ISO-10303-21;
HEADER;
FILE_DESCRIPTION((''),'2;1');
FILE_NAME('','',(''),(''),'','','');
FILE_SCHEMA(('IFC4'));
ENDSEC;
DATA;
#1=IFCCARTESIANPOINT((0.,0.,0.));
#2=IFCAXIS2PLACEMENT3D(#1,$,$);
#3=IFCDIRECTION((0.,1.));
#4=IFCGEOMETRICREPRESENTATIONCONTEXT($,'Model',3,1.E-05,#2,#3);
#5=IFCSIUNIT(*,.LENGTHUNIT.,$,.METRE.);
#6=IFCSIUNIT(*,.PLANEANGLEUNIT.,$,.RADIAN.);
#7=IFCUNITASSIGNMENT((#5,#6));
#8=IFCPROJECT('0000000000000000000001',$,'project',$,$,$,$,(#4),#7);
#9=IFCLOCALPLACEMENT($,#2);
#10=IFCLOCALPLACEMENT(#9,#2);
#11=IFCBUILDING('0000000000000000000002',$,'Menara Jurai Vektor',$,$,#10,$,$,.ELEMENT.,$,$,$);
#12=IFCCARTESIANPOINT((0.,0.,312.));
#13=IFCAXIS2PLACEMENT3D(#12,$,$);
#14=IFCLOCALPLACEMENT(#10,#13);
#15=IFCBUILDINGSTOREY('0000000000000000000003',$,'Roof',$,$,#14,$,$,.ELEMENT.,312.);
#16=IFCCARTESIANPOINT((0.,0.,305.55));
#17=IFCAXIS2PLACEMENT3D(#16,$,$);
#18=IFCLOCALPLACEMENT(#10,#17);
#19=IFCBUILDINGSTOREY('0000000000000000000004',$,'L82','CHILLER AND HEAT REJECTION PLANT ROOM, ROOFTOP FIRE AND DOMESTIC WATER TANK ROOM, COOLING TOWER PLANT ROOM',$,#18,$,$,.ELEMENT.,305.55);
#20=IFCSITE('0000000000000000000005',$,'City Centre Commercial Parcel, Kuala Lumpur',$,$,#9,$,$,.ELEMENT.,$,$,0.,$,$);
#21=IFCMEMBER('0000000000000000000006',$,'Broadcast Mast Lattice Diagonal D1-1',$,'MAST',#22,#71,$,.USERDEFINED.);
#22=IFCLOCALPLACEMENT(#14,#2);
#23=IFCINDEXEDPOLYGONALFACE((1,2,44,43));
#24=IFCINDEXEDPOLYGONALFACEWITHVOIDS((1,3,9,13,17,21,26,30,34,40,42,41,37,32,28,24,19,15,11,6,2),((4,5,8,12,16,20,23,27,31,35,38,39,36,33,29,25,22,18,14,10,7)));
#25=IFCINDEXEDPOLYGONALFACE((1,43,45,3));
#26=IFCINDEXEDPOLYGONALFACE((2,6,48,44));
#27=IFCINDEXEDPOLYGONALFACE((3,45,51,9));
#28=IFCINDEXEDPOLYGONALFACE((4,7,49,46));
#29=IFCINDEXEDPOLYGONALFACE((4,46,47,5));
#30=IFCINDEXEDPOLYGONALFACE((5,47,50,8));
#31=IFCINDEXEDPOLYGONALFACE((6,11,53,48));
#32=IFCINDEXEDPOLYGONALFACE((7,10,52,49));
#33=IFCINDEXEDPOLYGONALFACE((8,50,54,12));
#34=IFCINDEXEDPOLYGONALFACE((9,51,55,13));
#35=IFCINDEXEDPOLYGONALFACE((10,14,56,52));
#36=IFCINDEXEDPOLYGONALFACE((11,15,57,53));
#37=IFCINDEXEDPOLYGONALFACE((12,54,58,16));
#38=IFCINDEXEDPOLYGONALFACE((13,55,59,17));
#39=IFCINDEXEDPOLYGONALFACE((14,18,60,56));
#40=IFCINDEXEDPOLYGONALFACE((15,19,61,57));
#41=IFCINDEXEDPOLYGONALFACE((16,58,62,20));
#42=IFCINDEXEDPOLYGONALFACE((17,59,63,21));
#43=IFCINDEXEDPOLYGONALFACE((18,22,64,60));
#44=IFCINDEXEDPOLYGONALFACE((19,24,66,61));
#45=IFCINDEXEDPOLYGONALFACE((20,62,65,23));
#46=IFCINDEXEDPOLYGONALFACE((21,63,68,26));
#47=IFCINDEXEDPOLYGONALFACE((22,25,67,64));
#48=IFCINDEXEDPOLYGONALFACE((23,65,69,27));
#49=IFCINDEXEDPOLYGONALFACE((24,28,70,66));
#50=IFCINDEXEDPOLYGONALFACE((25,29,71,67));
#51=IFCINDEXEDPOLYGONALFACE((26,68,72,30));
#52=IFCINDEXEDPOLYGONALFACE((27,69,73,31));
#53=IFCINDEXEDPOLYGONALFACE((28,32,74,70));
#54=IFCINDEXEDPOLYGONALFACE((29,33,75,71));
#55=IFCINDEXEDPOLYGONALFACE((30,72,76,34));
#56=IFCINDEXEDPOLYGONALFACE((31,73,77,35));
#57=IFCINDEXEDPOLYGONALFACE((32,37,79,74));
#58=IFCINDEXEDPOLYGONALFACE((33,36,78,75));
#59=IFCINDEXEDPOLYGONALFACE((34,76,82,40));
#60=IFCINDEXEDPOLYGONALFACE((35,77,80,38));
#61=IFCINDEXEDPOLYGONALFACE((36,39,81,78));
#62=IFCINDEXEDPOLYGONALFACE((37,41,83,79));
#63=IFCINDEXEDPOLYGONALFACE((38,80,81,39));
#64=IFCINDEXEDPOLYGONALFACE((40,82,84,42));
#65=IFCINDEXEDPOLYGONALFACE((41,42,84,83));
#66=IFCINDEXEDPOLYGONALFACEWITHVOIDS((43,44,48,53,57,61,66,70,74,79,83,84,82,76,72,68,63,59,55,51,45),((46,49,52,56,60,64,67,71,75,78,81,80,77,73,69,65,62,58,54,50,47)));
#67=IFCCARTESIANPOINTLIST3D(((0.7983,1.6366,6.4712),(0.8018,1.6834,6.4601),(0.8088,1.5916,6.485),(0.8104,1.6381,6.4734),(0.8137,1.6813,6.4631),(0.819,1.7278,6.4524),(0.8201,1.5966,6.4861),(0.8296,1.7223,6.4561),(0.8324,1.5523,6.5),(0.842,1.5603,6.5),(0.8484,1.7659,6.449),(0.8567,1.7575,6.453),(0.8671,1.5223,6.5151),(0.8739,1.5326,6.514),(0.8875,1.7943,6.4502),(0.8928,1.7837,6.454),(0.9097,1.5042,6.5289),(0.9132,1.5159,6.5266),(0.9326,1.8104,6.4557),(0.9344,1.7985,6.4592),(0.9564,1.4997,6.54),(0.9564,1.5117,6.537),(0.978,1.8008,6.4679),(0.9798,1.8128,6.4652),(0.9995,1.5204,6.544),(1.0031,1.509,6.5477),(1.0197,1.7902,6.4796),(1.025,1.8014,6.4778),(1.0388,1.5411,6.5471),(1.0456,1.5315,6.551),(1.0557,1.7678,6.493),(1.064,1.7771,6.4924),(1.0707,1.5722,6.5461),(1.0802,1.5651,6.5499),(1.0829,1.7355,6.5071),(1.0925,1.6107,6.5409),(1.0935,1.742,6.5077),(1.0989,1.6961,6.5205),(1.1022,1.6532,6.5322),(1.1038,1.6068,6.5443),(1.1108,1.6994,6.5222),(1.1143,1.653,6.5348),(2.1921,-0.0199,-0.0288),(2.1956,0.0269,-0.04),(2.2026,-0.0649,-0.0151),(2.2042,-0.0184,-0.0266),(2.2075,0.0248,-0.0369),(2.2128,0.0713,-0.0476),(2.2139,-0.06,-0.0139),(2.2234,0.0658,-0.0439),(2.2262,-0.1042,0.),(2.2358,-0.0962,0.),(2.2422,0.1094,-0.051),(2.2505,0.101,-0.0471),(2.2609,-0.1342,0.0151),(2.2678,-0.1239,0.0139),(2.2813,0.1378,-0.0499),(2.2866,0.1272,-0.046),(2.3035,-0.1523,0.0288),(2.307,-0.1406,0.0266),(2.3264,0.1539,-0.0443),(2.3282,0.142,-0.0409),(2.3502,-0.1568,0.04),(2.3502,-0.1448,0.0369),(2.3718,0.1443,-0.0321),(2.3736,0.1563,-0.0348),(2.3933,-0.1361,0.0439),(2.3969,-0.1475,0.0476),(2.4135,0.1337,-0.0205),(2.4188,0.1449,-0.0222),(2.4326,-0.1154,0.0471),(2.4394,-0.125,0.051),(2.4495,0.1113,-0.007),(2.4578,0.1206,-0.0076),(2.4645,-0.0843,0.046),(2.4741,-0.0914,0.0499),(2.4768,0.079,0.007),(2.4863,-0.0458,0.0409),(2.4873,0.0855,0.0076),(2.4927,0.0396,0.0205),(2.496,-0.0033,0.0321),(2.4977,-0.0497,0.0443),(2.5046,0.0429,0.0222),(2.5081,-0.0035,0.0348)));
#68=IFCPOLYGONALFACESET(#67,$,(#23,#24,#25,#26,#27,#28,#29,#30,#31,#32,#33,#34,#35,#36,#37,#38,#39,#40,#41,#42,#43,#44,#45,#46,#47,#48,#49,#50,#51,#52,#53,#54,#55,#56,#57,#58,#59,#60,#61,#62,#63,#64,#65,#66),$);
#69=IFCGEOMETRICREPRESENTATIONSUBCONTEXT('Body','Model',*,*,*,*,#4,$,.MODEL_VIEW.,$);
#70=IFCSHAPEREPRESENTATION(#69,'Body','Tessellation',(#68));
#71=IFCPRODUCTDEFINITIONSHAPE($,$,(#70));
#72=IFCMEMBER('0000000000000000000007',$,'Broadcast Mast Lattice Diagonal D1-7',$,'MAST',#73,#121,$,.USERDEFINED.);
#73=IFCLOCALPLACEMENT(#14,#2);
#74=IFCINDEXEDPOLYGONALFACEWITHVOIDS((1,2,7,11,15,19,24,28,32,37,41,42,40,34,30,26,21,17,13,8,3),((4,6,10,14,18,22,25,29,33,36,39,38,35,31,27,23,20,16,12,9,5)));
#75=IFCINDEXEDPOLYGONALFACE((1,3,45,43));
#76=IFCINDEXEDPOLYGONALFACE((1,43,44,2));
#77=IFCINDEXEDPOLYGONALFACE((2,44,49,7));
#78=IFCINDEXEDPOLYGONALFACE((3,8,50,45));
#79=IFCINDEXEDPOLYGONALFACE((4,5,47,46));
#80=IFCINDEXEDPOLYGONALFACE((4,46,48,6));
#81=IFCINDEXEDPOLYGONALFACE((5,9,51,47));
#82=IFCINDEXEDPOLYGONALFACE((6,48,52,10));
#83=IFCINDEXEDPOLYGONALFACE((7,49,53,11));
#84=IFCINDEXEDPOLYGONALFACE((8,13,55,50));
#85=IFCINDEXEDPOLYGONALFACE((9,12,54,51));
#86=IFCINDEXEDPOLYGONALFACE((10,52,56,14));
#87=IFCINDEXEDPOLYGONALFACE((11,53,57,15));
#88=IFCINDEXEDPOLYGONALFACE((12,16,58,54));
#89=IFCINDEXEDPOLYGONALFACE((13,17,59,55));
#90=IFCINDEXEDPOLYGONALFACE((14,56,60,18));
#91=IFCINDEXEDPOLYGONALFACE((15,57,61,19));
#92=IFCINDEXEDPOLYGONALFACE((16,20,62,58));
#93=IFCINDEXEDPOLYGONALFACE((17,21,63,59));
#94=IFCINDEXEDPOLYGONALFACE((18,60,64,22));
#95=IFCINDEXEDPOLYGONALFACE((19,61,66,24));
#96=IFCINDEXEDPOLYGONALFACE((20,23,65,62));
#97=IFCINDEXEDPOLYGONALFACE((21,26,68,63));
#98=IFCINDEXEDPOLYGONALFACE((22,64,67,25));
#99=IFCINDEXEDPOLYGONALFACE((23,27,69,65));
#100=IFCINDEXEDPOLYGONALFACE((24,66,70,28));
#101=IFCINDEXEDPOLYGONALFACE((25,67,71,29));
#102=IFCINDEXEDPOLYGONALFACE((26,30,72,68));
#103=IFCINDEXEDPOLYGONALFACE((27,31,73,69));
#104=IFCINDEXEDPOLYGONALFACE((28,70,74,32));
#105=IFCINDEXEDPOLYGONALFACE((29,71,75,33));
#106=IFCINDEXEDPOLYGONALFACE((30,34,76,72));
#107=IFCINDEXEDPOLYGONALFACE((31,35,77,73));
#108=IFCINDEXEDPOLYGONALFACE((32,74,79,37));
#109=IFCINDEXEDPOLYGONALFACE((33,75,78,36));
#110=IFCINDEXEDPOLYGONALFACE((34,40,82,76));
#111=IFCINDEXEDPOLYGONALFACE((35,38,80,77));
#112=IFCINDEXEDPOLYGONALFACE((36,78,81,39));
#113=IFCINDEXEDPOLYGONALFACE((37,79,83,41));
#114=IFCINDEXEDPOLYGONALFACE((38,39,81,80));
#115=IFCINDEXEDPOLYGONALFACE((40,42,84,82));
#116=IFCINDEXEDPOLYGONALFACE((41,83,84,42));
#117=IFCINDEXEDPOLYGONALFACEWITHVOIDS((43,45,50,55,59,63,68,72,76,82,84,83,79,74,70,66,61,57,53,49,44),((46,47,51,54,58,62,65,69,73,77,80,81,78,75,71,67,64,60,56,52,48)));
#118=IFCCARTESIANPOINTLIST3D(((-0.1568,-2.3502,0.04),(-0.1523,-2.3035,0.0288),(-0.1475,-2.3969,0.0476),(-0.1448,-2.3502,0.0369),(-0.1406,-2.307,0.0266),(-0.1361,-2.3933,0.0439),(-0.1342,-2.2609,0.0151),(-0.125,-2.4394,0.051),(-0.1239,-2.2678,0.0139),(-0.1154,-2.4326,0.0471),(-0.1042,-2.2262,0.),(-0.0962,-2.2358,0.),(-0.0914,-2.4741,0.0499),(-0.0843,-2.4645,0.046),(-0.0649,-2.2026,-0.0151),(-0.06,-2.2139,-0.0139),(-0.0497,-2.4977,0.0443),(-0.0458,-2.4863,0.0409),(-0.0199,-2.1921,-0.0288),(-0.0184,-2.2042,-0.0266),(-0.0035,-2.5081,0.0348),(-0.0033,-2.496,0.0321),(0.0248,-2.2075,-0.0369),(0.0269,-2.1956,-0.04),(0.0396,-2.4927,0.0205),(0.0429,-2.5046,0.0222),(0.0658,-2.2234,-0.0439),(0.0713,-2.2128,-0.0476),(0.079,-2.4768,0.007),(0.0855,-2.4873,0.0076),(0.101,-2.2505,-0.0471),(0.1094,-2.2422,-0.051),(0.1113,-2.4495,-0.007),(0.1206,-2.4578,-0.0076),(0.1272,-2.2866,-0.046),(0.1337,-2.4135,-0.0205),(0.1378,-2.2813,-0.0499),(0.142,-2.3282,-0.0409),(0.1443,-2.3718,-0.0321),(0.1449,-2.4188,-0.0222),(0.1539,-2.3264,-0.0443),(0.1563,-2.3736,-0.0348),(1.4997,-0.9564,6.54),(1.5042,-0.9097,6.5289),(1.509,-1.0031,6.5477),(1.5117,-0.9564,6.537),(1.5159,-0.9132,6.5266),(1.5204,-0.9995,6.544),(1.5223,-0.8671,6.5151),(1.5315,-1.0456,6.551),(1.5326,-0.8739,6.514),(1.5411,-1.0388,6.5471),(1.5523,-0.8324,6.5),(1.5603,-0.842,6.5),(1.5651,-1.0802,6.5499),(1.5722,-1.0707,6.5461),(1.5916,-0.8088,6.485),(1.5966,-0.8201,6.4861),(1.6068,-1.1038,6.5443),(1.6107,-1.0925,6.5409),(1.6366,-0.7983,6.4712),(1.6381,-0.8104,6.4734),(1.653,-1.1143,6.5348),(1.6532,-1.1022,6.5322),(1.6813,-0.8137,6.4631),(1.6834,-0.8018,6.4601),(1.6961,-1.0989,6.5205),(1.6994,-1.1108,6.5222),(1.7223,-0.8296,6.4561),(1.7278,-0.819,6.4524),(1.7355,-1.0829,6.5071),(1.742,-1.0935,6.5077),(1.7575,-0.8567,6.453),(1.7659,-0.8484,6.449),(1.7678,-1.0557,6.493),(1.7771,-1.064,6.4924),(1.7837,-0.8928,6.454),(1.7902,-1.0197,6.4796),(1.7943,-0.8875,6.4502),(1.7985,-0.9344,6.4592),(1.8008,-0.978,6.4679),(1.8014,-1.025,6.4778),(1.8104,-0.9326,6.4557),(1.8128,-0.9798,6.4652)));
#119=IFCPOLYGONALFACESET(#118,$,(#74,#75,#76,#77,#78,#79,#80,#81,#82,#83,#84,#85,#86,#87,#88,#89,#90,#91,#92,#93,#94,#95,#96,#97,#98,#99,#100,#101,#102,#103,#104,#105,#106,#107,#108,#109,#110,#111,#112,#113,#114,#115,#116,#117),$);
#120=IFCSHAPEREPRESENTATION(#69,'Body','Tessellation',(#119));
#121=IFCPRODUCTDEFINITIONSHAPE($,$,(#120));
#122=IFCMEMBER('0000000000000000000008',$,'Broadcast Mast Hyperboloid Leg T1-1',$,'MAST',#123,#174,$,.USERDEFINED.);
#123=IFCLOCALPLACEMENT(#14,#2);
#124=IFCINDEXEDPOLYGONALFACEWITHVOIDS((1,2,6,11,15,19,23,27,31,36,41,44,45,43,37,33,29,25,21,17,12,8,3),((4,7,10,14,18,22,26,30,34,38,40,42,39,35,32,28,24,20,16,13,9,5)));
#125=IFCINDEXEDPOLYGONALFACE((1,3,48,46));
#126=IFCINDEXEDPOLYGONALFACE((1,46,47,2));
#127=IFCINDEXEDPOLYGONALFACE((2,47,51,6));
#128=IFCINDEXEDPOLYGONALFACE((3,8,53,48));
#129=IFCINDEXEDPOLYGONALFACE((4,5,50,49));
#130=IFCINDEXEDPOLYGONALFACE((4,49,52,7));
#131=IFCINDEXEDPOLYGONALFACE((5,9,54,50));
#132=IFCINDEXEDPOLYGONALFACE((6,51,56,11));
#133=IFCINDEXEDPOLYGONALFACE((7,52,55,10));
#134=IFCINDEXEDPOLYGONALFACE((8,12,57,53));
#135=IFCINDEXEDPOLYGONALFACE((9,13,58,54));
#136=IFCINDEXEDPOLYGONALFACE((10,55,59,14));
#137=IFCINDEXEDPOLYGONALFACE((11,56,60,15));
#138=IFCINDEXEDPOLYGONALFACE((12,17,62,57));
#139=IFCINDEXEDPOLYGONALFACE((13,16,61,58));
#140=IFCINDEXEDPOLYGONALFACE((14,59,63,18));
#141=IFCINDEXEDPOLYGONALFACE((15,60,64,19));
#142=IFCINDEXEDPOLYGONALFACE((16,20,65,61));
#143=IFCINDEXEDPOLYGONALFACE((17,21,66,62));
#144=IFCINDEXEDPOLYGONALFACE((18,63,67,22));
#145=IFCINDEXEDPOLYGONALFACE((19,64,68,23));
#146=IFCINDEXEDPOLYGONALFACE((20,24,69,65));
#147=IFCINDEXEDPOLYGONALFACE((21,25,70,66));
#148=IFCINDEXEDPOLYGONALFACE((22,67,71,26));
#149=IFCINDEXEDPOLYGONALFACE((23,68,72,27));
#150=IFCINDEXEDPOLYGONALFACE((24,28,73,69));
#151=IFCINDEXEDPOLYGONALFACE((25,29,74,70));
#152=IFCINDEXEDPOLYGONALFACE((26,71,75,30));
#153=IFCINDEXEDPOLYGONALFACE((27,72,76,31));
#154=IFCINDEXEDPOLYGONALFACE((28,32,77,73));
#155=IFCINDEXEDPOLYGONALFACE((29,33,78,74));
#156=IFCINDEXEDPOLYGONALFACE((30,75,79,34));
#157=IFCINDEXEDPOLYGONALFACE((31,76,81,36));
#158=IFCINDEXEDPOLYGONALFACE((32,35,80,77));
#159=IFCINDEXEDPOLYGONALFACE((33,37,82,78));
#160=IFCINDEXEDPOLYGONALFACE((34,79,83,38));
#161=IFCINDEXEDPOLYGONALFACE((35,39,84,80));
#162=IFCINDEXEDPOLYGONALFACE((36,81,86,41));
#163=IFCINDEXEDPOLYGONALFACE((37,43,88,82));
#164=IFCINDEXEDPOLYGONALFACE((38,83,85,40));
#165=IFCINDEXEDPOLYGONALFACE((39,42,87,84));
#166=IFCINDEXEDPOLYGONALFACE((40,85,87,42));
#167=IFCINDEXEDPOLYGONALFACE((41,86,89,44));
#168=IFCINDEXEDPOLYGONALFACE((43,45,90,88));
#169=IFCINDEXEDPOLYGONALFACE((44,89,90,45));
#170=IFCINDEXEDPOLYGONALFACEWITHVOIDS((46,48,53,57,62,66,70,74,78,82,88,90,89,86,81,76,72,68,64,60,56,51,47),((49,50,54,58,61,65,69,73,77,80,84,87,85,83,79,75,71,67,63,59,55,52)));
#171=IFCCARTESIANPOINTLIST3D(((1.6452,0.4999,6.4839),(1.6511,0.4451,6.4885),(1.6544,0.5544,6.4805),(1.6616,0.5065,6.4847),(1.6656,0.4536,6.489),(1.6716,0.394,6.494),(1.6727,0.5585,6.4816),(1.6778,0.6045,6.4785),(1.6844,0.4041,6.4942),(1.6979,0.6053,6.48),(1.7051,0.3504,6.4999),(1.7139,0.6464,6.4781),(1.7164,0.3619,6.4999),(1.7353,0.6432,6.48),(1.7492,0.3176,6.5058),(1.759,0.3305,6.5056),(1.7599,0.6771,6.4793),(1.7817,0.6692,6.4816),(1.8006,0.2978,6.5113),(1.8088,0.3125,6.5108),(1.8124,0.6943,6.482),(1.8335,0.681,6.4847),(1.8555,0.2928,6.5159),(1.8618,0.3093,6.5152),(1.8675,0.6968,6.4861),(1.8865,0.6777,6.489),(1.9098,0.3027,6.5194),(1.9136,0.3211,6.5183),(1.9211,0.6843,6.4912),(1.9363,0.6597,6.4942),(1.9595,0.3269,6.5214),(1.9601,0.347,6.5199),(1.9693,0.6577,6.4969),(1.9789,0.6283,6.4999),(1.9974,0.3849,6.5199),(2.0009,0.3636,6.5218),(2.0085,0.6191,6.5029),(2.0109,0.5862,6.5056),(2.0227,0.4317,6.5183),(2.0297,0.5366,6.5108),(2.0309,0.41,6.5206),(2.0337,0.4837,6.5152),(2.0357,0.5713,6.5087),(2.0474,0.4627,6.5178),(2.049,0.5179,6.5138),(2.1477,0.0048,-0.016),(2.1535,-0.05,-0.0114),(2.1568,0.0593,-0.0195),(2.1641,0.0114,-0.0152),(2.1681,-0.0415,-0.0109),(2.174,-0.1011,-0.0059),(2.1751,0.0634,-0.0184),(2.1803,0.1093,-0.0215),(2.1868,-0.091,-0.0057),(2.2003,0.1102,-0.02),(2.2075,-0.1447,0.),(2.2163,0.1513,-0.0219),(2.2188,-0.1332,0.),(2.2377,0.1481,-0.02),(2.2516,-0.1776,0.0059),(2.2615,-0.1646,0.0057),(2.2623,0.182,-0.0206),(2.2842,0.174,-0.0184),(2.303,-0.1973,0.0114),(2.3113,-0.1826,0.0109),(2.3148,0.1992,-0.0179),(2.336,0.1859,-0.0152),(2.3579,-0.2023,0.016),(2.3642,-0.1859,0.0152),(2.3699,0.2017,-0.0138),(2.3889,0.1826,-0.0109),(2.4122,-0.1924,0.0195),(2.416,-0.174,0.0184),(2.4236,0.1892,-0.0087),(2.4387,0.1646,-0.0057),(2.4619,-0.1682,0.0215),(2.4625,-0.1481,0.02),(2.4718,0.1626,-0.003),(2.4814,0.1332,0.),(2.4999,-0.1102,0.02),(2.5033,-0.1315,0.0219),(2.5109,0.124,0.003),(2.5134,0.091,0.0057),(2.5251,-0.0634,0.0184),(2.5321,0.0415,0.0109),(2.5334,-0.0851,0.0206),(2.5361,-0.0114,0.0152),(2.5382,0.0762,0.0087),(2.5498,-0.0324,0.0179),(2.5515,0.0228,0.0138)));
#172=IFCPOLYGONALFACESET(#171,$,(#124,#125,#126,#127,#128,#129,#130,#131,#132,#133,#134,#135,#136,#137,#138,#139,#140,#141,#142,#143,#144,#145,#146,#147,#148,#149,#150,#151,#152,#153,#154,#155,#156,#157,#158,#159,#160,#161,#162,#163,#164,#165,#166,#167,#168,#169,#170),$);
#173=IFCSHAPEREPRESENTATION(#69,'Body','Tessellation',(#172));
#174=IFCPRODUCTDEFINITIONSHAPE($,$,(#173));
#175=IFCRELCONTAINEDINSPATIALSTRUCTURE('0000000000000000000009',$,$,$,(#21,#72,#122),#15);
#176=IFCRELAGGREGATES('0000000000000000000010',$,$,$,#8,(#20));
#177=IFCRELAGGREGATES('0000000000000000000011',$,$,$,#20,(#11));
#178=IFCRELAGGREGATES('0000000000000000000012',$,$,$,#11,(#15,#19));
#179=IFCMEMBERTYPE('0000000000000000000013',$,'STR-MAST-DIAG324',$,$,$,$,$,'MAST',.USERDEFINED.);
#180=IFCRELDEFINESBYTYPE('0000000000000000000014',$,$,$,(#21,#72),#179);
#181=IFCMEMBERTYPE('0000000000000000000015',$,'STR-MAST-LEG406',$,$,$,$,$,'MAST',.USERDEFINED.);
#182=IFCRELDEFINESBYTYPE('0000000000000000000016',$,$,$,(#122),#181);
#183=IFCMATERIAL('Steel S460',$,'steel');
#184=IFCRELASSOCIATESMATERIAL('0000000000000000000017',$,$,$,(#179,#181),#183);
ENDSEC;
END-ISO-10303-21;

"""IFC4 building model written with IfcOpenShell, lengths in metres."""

from ifc_helpers import new_model, si_unit, direction, frame, origin, origin_2d, place, context, subcontext, project, spatial, hollow_circle, extrude, material, material_profile, profile_set, type_object, element, save


model = new_model("IFC4")

# Units and contexts
model_context = context("Model", 3, precision=1e-05, world=origin(), true_north=direction((0.0, 1.0)))
body_context = subcontext(model_context, "Body", "Model", "MODEL_VIEW")
ifc_project = project(units=[si_unit("LENGTHUNIT", "METRE"), si_unit("PLANEANGLEUNIT", "RADIAN")], contexts=[model_context])

# Site, building, storey
site_placement = place(None, origin())
site = spatial("IfcSite", under=ifc_project, at=site_placement, Name="City Centre Commercial Parcel, Kuala Lumpur", CompositionType="ELEMENT", RefElevation=0.0)
building_placement = place(site_placement, origin())
building = spatial("IfcBuilding", under=site, at=building_placement, Name="Menara Jurai Vektor", CompositionType="ELEMENT")
storey_1_placement = place(building_placement, frame((0.0, 0.0, 312.0)))
storey_1 = spatial("IfcBuildingStorey", under=building, at=storey_1_placement, Name="Roof", CompositionType="ELEMENT", Elevation=312.0)

# Shared definitions
ifc_material_1 = material(Name="Steel S460", Category="steel")

# Members
ifc_material_profile_1 = material_profile(ifc_material_1, hollow_circle(Radius=0.1619, WallThickness=0.0125, at=origin_2d()), Name="CHS 323.9x12.5")
ifc_profile_set_1 = profile_set([ifc_material_profile_1], Name="Steel S460")
member_type_1 = type_object("IfcMemberType", Name="STR-MAST-DIAG324", ElementType="MAST", PredefinedType="USERDEFINED", material=ifc_profile_set_1)
for number, where, z_axis, x_axis, name in (
    (1, (2.3501, 0.0, 0.0), (-0.203444, 0.241788, 0.948762), (-0.765171, -0.643827, 0.0), "Broadcast Mast Lattice Diagonal D1-1"),
    (2, (0.0, -2.3501, 0.0), (0.241788, 0.203444, 0.948762), (-0.643827, 0.765171, 0.0), "Broadcast Mast Lattice Diagonal D1-7"),
):
    element("IfcMember", number, at=place(storey_1_placement, frame(where, z_axis=z_axis, x_axis=x_axis)), inside=storey_1, type_object=member_type_1, Name=name, ObjectType="MAST", PredefinedType="USERDEFINED", context=body_context, shape_type="SweptSolid", body=[
        extrude(hollow_circle(Radius=0.1619, WallThickness=0.0125, at=origin_2d()), origin(), (0.0, 0.0, 1.0), 6.8511),
    ])
ifc_material_profile_2 = material_profile(ifc_material_1, hollow_circle(Radius=0.2031, WallThickness=0.0161, at=origin_2d()), Name="CHS 406.4x16")
ifc_profile_set_2 = profile_set([ifc_material_profile_2], Name="Steel S460")
member_type_2 = type_object("IfcMemberType", Name="STR-MAST-LEG406", ElementType="MAST", PredefinedType="USERDEFINED", material=ifc_profile_set_2)
for number, where, z_axis, x_axis, name in (
    (3, (2.3501, 0.0, 0.0), (-0.076847, 0.075727, 0.994163), (-0.701896, -0.712279, 0.0), "Broadcast Mast Hyperboloid Leg T1-1"),
):
    element("IfcMember", number, at=place(storey_1_placement, frame(where, z_axis=z_axis, x_axis=x_axis)), inside=storey_1, type_object=member_type_2, Name=name, ObjectType="MAST", PredefinedType="USERDEFINED", context=body_context, shape_type="SweptSolid", body=[
        extrude(hollow_circle(Radius=0.2031, WallThickness=0.0161, at=origin_2d()), origin(), (0.0, 0.0, 1.0), 6.5381),
    ])

# Shared definitions
storey_2_placement = place(building_placement, frame((0.0, 0.0, 305.55)))
storey_2 = spatial("IfcBuildingStorey", under=building, at=storey_2_placement, Name="L82", Description="CHILLER AND HEAT REJECTION PLANT ROOM, ROOFTOP FIRE AND DOMESTIC WATER TANK ROOM, COOLING TOWER PLANT ROOM", CompositionType="ELEMENT", Elevation=305.55)

save(model, "model.ifc")
